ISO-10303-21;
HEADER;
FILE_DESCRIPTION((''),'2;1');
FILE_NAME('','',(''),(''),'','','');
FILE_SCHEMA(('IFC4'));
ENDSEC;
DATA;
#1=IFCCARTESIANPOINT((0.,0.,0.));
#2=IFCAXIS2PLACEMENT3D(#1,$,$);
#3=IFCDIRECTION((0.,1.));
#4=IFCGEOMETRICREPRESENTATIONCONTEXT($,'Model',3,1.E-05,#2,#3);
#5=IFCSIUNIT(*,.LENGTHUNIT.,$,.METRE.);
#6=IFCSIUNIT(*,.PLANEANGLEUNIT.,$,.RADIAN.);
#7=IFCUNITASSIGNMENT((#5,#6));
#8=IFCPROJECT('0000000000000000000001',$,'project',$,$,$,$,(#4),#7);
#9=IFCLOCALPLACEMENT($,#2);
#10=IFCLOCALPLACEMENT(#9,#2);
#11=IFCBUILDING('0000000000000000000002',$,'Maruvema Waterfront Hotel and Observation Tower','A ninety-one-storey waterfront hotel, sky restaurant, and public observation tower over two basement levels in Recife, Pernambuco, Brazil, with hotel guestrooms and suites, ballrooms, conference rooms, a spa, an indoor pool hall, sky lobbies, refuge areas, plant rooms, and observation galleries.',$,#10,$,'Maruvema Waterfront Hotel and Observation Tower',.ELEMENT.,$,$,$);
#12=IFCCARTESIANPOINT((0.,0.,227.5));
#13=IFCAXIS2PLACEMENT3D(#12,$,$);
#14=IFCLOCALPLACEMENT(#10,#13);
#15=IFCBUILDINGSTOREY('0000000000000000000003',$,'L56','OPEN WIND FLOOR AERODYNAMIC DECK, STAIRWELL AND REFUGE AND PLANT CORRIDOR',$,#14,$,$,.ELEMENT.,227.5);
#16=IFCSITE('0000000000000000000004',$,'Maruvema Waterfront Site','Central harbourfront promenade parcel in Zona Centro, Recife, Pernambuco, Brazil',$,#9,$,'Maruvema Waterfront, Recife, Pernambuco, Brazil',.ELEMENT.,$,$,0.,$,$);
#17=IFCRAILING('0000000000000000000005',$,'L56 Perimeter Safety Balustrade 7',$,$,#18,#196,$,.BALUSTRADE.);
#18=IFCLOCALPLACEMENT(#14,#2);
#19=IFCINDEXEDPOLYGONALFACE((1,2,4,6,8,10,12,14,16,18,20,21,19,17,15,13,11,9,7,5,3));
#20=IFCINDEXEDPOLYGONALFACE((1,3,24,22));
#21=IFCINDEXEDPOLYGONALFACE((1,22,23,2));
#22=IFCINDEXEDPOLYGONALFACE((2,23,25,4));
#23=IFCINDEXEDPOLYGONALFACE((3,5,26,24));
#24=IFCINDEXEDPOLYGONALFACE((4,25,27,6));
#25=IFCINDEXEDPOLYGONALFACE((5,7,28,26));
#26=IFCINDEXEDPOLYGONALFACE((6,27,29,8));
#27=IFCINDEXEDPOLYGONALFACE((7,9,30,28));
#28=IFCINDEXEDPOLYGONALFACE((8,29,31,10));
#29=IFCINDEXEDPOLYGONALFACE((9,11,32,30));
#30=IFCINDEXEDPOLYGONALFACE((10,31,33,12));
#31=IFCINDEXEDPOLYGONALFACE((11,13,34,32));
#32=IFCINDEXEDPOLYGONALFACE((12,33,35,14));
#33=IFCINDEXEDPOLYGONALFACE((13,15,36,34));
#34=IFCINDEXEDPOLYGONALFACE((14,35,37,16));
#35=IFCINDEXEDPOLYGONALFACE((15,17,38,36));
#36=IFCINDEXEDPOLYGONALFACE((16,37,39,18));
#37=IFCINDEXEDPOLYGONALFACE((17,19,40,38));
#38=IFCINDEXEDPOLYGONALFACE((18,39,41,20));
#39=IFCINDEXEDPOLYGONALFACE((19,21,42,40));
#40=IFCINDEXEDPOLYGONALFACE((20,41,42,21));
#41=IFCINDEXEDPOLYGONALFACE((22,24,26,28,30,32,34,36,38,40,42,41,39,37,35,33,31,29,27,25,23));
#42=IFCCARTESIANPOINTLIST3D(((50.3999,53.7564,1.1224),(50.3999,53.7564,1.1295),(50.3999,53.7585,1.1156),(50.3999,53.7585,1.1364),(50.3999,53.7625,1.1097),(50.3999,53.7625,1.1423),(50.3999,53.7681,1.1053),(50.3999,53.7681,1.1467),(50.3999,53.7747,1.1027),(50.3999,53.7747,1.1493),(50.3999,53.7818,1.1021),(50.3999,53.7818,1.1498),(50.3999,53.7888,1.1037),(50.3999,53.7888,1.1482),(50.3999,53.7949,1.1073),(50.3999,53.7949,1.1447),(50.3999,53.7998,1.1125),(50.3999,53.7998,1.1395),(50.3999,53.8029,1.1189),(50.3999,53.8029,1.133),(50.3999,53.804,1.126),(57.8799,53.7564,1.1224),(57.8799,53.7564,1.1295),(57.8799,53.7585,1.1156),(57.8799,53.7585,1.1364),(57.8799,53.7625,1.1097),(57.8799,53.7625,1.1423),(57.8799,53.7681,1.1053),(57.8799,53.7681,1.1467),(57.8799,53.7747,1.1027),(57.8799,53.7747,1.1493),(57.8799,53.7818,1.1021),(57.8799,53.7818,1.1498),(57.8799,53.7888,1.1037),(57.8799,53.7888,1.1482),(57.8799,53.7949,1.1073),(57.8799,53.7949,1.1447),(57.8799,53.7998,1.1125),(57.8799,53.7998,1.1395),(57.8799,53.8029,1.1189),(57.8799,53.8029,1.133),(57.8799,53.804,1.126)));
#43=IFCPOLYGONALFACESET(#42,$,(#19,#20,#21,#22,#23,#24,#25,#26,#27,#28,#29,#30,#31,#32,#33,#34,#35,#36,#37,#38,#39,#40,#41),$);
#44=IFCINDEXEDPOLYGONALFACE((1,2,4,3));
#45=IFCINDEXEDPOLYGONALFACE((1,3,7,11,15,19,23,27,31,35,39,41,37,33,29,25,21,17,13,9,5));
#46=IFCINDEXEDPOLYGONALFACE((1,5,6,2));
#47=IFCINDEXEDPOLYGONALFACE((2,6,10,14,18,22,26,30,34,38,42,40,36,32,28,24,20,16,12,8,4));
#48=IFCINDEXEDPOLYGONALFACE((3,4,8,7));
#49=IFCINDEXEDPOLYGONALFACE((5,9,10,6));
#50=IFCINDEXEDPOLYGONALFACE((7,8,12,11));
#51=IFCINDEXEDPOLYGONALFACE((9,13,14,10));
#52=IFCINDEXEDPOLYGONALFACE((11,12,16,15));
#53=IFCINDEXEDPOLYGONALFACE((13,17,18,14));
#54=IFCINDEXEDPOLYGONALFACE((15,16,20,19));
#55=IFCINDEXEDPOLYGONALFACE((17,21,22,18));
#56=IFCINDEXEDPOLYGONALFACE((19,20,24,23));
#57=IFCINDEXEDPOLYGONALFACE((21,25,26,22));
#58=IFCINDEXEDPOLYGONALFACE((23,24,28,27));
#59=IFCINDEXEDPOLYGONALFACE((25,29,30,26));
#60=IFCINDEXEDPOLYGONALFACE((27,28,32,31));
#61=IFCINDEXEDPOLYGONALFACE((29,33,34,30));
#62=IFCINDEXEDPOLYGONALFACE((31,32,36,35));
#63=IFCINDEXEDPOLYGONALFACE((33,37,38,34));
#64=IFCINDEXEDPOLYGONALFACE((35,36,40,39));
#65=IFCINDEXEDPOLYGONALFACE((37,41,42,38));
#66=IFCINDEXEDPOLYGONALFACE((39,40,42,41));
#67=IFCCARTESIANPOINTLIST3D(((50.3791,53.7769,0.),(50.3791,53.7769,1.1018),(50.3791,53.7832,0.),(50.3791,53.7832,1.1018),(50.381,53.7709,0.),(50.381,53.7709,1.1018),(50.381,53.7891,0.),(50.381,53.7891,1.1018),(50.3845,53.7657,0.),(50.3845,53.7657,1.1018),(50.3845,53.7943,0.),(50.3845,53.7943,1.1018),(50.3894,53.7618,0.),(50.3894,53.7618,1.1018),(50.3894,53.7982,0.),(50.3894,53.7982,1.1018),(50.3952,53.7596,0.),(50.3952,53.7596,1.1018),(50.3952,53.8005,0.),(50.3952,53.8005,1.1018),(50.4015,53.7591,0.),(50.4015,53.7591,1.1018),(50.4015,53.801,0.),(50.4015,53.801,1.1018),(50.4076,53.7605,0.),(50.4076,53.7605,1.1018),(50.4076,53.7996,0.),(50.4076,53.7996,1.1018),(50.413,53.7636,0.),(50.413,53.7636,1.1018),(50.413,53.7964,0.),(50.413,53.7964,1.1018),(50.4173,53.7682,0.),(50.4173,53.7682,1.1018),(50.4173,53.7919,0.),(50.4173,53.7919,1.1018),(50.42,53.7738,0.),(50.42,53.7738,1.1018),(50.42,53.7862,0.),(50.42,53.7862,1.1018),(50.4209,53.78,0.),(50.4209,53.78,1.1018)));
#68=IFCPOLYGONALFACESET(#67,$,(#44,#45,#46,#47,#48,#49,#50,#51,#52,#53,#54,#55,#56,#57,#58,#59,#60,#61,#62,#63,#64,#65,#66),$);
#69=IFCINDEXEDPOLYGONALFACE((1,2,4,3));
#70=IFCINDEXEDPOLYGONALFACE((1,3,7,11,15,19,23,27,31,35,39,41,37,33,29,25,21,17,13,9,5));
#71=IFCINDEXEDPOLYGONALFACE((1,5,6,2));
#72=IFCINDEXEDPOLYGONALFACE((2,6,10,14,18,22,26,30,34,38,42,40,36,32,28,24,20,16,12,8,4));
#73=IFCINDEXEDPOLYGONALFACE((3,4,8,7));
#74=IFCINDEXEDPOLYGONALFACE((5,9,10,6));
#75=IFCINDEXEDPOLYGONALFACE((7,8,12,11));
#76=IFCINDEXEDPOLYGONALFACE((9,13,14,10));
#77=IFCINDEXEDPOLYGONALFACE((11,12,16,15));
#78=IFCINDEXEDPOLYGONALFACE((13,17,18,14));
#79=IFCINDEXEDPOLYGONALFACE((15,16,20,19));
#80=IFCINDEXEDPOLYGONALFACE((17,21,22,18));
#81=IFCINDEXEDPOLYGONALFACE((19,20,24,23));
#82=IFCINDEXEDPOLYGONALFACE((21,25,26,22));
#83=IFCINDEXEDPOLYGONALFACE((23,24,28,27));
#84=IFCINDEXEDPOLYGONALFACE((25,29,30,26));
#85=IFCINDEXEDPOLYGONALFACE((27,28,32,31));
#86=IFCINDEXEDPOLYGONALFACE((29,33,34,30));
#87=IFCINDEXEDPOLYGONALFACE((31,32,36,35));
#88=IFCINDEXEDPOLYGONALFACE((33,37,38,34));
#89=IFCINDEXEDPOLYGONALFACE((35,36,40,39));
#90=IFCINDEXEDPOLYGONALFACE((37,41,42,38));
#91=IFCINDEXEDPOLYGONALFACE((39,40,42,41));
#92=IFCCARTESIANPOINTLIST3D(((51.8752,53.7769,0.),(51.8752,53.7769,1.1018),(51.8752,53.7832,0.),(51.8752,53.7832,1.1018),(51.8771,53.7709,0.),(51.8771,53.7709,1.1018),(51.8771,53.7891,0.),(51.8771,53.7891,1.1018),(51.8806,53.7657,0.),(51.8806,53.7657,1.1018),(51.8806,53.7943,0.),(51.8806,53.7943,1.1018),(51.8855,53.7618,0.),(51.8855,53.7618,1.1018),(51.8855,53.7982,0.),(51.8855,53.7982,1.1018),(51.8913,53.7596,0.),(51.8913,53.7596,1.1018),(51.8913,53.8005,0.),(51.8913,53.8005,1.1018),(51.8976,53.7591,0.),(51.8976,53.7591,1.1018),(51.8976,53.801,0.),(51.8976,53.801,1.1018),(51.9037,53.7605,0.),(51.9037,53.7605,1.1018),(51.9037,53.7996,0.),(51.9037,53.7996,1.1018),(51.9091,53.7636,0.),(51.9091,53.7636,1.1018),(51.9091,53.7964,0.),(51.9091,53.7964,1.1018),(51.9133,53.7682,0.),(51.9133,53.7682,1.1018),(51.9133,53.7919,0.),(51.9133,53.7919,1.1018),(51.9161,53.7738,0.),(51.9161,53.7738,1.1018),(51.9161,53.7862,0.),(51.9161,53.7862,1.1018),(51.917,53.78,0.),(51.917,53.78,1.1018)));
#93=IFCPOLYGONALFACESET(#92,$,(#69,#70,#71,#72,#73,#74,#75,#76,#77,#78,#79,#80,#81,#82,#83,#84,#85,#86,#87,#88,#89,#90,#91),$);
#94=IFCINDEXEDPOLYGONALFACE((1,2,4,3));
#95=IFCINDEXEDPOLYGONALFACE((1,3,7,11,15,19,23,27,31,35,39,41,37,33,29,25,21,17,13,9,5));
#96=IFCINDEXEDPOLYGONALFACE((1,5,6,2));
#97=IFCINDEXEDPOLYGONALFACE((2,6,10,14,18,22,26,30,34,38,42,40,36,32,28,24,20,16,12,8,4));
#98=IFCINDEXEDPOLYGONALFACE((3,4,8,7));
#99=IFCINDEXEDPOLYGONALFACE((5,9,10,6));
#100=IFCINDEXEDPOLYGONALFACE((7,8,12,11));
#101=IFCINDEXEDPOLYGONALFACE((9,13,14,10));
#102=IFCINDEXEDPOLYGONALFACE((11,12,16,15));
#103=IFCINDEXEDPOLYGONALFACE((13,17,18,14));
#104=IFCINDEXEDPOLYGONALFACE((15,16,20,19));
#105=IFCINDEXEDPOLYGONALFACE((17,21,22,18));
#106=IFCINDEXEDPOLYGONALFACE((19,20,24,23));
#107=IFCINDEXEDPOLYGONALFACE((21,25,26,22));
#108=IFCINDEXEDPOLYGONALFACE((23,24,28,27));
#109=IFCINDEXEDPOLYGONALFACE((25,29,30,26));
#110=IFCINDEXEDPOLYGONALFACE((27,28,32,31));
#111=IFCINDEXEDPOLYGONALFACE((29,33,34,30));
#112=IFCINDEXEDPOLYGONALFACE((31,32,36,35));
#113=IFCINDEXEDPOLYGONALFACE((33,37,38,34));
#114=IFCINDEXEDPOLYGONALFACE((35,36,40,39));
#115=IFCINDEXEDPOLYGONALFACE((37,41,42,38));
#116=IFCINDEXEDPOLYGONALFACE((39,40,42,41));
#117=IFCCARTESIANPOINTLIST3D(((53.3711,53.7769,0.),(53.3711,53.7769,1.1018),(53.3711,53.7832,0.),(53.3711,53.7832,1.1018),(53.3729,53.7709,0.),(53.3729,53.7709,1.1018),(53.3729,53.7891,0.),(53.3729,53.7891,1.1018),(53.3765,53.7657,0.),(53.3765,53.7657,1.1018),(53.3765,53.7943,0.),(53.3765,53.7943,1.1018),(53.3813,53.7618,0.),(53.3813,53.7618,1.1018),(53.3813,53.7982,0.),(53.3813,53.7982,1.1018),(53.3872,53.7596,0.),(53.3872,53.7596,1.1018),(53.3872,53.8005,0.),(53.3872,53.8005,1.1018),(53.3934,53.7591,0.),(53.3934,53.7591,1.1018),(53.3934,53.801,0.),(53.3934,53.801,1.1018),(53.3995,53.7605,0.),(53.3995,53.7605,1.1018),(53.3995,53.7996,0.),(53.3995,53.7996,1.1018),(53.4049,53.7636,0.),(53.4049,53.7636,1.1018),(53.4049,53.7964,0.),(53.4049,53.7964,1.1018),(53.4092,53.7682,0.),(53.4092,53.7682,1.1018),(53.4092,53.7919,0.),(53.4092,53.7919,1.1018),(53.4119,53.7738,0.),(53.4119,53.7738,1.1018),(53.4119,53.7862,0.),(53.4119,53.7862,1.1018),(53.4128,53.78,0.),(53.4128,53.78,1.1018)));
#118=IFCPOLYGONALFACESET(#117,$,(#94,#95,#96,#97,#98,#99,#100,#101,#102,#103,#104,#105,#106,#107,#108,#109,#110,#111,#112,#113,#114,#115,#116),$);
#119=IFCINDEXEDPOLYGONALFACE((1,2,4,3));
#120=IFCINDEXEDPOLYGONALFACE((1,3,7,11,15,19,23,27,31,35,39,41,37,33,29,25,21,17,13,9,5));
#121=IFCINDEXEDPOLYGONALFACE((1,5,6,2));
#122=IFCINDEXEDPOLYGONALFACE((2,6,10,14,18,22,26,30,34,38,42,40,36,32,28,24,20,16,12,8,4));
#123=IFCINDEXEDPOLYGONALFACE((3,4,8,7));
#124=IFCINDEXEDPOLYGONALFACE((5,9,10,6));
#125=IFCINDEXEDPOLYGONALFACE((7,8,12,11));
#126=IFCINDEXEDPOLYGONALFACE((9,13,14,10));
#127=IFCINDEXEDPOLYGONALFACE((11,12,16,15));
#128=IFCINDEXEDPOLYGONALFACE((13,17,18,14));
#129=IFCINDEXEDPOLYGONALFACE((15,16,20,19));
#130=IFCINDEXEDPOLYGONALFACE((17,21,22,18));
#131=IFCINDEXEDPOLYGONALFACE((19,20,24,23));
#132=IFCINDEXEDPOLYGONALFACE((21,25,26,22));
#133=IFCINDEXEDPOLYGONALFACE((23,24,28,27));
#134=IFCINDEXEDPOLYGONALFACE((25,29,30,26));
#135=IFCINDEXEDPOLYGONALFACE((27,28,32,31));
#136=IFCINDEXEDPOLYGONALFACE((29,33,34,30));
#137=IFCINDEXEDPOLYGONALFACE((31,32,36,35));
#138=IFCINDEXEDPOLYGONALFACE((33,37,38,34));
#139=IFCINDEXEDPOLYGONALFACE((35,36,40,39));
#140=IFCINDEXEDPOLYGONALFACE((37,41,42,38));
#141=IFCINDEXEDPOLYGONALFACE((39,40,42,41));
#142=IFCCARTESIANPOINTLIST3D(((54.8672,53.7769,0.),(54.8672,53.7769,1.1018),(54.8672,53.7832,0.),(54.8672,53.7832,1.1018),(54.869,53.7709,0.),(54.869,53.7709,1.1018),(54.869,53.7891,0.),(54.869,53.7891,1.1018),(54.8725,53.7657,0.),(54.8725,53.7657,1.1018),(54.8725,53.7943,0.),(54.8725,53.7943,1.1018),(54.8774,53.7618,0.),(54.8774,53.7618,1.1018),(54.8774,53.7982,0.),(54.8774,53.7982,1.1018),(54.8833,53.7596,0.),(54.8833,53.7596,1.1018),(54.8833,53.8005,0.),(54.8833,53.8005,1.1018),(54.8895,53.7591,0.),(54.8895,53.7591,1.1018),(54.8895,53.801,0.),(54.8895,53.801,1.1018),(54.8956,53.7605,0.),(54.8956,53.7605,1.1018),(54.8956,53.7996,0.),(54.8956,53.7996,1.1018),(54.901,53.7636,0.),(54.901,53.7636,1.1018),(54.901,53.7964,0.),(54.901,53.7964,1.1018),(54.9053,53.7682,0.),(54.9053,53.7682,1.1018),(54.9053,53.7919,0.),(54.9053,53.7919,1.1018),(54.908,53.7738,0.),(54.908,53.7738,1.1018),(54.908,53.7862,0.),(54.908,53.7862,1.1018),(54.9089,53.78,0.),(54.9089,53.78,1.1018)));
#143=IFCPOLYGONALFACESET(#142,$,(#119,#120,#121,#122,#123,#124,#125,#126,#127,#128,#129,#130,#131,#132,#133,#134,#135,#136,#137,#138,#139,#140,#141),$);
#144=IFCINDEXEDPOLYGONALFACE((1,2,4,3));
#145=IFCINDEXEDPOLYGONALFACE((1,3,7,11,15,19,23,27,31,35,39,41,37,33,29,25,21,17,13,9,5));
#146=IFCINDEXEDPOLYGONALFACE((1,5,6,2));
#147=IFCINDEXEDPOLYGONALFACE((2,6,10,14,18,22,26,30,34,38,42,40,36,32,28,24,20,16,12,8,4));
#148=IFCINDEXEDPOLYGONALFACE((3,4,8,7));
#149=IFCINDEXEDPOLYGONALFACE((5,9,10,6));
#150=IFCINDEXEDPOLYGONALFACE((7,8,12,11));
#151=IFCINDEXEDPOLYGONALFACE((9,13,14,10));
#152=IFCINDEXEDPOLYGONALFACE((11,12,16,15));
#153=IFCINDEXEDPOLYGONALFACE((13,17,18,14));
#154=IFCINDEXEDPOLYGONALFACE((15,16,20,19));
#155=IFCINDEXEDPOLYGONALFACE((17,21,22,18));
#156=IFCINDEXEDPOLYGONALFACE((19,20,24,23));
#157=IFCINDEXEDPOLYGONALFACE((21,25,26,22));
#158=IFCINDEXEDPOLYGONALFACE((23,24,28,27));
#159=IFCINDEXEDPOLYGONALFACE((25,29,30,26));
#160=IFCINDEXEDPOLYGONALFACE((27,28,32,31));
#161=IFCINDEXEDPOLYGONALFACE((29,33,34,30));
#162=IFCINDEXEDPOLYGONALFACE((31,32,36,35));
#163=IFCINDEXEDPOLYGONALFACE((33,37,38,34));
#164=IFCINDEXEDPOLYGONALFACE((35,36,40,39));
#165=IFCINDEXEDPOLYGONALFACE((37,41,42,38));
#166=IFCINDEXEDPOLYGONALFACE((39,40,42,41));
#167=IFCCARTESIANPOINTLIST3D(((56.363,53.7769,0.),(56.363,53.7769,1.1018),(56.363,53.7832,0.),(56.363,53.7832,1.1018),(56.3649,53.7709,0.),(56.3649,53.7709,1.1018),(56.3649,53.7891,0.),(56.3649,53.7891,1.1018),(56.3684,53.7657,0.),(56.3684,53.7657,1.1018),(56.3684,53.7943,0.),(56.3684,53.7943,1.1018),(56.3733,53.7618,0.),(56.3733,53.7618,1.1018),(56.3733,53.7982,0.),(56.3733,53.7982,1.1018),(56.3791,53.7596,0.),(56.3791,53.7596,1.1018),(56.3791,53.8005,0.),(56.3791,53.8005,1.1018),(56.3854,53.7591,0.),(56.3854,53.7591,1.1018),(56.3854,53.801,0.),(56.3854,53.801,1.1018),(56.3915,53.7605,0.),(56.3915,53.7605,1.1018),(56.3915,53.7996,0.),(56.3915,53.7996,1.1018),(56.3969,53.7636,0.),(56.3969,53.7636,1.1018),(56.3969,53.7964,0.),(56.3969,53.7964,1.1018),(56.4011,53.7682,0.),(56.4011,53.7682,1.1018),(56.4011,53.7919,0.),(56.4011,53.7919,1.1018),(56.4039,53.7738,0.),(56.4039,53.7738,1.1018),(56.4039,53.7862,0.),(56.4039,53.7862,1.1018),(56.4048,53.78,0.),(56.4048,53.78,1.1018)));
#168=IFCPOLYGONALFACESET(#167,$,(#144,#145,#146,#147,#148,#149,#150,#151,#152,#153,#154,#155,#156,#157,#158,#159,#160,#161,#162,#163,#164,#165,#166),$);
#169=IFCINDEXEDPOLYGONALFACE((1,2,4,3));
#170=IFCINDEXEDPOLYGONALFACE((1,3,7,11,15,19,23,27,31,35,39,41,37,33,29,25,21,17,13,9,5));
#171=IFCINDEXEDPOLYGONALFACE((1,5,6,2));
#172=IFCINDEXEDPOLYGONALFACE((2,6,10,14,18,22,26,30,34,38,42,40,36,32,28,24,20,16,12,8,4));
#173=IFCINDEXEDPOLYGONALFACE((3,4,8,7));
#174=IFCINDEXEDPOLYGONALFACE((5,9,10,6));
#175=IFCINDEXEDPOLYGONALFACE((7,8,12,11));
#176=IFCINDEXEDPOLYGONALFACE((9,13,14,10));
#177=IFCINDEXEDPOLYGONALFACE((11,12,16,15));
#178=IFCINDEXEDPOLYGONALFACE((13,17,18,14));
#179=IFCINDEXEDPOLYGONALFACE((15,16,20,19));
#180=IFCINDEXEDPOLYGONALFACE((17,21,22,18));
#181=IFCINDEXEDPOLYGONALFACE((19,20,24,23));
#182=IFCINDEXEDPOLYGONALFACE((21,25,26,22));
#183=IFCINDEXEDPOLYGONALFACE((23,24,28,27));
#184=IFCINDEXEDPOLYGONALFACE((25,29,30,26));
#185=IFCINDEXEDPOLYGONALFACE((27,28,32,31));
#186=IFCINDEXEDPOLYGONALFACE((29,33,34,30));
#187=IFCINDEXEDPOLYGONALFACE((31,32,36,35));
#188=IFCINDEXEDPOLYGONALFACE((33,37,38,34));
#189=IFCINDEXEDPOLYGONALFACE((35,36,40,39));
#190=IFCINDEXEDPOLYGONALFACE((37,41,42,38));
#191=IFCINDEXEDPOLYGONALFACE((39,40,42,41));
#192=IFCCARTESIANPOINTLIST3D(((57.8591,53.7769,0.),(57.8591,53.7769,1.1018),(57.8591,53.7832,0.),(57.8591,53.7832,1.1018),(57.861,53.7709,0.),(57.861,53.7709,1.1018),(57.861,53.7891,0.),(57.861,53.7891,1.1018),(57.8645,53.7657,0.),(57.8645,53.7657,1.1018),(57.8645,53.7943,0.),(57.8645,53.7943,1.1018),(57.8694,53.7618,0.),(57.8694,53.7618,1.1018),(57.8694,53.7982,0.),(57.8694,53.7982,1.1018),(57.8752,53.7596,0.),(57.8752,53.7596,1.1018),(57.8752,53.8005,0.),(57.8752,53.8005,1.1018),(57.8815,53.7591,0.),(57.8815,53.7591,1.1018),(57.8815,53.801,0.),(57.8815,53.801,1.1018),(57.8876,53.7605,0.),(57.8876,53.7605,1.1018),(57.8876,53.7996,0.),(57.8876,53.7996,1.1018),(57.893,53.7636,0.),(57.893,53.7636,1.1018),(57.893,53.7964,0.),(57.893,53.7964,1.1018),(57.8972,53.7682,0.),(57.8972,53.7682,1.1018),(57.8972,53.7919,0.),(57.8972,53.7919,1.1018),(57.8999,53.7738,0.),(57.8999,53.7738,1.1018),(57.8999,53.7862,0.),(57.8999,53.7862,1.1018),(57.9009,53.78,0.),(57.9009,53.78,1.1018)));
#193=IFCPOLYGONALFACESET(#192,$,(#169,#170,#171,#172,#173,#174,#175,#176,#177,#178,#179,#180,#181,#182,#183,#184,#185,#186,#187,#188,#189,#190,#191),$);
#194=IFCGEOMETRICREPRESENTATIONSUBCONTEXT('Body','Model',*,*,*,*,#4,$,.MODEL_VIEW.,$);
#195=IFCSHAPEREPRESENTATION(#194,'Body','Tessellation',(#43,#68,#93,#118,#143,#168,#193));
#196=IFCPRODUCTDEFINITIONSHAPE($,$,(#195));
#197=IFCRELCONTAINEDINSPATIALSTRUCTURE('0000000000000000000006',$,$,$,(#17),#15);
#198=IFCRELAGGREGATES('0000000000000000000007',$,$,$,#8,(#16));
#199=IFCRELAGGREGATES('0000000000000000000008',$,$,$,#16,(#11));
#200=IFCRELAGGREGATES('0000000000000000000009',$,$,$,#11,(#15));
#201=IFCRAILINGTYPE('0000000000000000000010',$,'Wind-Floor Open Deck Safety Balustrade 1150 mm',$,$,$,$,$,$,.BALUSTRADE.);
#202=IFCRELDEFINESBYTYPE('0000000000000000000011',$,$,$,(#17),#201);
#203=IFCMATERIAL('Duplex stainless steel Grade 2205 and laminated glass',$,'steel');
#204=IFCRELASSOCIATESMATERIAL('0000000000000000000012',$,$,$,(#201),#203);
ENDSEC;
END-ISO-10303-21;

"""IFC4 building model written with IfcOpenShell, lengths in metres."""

from ifc_helpers import new_model, si_unit, direction, frame, origin, origin_2d, place, context, subcontext, project, spatial, circle, extrude, material, type_object, element, save


model = new_model("IFC4")

# Units and contexts
model_context = context("Model", 3, precision=1e-05, world=origin(), true_north=direction((0.0, 1.0)))
body_context = subcontext(model_context, "Body", "Model", "MODEL_VIEW")
ifc_project = project(units=[si_unit("LENGTHUNIT", "METRE"), si_unit("PLANEANGLEUNIT", "RADIAN")], contexts=[model_context])

# Site, building, storey
site_placement = place(None, origin())
site = spatial("IfcSite", under=ifc_project, at=site_placement, Name="Maruvema Waterfront Site", Description="Central harbourfront promenade parcel in Zona Centro, Recife, Pernambuco, Brazil", LongName="Maruvema Waterfront, Recife, Pernambuco, Brazil", CompositionType="ELEMENT", RefElevation=0.0)
building_placement = place(site_placement, origin())
building = spatial("IfcBuilding", under=site, at=building_placement, Name="Maruvema Waterfront Hotel and Observation Tower", Description="A ninety-one-storey waterfront hotel, sky restaurant, and public observation tower over two basement levels in Recife, Pernambuco, Brazil, with hotel guestrooms and suites, ballrooms, conference rooms, a spa, an indoor pool hall, sky lobbies, refuge areas, plant rooms, and observation galleries.", LongName="Maruvema Waterfront Hotel and Observation Tower", CompositionType="ELEMENT")
storey_placement = place(building_placement, frame((0.0, 0.0, 227.5)))
storey = spatial("IfcBuildingStorey", under=building, at=storey_placement, Name="L56", Description="OPEN WIND FLOOR AERODYNAMIC DECK, STAIRWELL AND REFUGE AND PLANT CORRIDOR", CompositionType="ELEMENT", Elevation=227.5)

# Railing
ifc_material_1 = material(Name="Duplex stainless steel Grade 2205 and laminated glass", Category="steel")
railing_type = type_object("IfcRailingType", Name="Wind-Floor Open Deck Safety Balustrade 1150 mm", PredefinedType="BALUSTRADE", material=ifc_material_1)
railing_1_placement = place(storey_placement, frame((50.3999, 53.78, 0.0)))
element("IfcRailing", 1, at=railing_1_placement, inside=storey, type_object=railing_type, Name="L56 Perimeter Safety Balustrade 7", PredefinedType="BALUSTRADE", context=body_context, shape_type="SweptSolid", body=[
    extrude(circle(Radius=0.0239, at=origin_2d()), frame((0.0, 0.0, 1.126), z_axis=(1.0, 0.0, 0.0), x_axis=(0.0, 1.0, 0.0)), (0.0, 0.0, 1.0), 7.48),
    extrude(circle(Radius=0.021, at=origin_2d()), origin(), (0.0, 0.0, 1.0), 1.1018),
    extrude(circle(Radius=0.021, at=origin_2d()), frame((1.4961, 0.0, 0.0)), (0.0, 0.0, 1.0), 1.1018),
    extrude(circle(Radius=0.021, at=origin_2d()), frame((2.9919, 0.0, 0.0)), (0.0, 0.0, 1.0), 1.1018),
    extrude(circle(Radius=0.021, at=origin_2d()), frame((4.488, 0.0, 0.0)), (0.0, 0.0, 1.0), 1.1018),
    extrude(circle(Radius=0.021, at=origin_2d()), frame((5.9839, 0.0, 0.0)), (0.0, 0.0, 1.0), 1.1018),
    extrude(circle(Radius=0.021, at=origin_2d()), frame((7.48, 0.0, 0.0)), (0.0, 0.0, 1.0), 1.1018),
])

save(model, "model.ifc")
